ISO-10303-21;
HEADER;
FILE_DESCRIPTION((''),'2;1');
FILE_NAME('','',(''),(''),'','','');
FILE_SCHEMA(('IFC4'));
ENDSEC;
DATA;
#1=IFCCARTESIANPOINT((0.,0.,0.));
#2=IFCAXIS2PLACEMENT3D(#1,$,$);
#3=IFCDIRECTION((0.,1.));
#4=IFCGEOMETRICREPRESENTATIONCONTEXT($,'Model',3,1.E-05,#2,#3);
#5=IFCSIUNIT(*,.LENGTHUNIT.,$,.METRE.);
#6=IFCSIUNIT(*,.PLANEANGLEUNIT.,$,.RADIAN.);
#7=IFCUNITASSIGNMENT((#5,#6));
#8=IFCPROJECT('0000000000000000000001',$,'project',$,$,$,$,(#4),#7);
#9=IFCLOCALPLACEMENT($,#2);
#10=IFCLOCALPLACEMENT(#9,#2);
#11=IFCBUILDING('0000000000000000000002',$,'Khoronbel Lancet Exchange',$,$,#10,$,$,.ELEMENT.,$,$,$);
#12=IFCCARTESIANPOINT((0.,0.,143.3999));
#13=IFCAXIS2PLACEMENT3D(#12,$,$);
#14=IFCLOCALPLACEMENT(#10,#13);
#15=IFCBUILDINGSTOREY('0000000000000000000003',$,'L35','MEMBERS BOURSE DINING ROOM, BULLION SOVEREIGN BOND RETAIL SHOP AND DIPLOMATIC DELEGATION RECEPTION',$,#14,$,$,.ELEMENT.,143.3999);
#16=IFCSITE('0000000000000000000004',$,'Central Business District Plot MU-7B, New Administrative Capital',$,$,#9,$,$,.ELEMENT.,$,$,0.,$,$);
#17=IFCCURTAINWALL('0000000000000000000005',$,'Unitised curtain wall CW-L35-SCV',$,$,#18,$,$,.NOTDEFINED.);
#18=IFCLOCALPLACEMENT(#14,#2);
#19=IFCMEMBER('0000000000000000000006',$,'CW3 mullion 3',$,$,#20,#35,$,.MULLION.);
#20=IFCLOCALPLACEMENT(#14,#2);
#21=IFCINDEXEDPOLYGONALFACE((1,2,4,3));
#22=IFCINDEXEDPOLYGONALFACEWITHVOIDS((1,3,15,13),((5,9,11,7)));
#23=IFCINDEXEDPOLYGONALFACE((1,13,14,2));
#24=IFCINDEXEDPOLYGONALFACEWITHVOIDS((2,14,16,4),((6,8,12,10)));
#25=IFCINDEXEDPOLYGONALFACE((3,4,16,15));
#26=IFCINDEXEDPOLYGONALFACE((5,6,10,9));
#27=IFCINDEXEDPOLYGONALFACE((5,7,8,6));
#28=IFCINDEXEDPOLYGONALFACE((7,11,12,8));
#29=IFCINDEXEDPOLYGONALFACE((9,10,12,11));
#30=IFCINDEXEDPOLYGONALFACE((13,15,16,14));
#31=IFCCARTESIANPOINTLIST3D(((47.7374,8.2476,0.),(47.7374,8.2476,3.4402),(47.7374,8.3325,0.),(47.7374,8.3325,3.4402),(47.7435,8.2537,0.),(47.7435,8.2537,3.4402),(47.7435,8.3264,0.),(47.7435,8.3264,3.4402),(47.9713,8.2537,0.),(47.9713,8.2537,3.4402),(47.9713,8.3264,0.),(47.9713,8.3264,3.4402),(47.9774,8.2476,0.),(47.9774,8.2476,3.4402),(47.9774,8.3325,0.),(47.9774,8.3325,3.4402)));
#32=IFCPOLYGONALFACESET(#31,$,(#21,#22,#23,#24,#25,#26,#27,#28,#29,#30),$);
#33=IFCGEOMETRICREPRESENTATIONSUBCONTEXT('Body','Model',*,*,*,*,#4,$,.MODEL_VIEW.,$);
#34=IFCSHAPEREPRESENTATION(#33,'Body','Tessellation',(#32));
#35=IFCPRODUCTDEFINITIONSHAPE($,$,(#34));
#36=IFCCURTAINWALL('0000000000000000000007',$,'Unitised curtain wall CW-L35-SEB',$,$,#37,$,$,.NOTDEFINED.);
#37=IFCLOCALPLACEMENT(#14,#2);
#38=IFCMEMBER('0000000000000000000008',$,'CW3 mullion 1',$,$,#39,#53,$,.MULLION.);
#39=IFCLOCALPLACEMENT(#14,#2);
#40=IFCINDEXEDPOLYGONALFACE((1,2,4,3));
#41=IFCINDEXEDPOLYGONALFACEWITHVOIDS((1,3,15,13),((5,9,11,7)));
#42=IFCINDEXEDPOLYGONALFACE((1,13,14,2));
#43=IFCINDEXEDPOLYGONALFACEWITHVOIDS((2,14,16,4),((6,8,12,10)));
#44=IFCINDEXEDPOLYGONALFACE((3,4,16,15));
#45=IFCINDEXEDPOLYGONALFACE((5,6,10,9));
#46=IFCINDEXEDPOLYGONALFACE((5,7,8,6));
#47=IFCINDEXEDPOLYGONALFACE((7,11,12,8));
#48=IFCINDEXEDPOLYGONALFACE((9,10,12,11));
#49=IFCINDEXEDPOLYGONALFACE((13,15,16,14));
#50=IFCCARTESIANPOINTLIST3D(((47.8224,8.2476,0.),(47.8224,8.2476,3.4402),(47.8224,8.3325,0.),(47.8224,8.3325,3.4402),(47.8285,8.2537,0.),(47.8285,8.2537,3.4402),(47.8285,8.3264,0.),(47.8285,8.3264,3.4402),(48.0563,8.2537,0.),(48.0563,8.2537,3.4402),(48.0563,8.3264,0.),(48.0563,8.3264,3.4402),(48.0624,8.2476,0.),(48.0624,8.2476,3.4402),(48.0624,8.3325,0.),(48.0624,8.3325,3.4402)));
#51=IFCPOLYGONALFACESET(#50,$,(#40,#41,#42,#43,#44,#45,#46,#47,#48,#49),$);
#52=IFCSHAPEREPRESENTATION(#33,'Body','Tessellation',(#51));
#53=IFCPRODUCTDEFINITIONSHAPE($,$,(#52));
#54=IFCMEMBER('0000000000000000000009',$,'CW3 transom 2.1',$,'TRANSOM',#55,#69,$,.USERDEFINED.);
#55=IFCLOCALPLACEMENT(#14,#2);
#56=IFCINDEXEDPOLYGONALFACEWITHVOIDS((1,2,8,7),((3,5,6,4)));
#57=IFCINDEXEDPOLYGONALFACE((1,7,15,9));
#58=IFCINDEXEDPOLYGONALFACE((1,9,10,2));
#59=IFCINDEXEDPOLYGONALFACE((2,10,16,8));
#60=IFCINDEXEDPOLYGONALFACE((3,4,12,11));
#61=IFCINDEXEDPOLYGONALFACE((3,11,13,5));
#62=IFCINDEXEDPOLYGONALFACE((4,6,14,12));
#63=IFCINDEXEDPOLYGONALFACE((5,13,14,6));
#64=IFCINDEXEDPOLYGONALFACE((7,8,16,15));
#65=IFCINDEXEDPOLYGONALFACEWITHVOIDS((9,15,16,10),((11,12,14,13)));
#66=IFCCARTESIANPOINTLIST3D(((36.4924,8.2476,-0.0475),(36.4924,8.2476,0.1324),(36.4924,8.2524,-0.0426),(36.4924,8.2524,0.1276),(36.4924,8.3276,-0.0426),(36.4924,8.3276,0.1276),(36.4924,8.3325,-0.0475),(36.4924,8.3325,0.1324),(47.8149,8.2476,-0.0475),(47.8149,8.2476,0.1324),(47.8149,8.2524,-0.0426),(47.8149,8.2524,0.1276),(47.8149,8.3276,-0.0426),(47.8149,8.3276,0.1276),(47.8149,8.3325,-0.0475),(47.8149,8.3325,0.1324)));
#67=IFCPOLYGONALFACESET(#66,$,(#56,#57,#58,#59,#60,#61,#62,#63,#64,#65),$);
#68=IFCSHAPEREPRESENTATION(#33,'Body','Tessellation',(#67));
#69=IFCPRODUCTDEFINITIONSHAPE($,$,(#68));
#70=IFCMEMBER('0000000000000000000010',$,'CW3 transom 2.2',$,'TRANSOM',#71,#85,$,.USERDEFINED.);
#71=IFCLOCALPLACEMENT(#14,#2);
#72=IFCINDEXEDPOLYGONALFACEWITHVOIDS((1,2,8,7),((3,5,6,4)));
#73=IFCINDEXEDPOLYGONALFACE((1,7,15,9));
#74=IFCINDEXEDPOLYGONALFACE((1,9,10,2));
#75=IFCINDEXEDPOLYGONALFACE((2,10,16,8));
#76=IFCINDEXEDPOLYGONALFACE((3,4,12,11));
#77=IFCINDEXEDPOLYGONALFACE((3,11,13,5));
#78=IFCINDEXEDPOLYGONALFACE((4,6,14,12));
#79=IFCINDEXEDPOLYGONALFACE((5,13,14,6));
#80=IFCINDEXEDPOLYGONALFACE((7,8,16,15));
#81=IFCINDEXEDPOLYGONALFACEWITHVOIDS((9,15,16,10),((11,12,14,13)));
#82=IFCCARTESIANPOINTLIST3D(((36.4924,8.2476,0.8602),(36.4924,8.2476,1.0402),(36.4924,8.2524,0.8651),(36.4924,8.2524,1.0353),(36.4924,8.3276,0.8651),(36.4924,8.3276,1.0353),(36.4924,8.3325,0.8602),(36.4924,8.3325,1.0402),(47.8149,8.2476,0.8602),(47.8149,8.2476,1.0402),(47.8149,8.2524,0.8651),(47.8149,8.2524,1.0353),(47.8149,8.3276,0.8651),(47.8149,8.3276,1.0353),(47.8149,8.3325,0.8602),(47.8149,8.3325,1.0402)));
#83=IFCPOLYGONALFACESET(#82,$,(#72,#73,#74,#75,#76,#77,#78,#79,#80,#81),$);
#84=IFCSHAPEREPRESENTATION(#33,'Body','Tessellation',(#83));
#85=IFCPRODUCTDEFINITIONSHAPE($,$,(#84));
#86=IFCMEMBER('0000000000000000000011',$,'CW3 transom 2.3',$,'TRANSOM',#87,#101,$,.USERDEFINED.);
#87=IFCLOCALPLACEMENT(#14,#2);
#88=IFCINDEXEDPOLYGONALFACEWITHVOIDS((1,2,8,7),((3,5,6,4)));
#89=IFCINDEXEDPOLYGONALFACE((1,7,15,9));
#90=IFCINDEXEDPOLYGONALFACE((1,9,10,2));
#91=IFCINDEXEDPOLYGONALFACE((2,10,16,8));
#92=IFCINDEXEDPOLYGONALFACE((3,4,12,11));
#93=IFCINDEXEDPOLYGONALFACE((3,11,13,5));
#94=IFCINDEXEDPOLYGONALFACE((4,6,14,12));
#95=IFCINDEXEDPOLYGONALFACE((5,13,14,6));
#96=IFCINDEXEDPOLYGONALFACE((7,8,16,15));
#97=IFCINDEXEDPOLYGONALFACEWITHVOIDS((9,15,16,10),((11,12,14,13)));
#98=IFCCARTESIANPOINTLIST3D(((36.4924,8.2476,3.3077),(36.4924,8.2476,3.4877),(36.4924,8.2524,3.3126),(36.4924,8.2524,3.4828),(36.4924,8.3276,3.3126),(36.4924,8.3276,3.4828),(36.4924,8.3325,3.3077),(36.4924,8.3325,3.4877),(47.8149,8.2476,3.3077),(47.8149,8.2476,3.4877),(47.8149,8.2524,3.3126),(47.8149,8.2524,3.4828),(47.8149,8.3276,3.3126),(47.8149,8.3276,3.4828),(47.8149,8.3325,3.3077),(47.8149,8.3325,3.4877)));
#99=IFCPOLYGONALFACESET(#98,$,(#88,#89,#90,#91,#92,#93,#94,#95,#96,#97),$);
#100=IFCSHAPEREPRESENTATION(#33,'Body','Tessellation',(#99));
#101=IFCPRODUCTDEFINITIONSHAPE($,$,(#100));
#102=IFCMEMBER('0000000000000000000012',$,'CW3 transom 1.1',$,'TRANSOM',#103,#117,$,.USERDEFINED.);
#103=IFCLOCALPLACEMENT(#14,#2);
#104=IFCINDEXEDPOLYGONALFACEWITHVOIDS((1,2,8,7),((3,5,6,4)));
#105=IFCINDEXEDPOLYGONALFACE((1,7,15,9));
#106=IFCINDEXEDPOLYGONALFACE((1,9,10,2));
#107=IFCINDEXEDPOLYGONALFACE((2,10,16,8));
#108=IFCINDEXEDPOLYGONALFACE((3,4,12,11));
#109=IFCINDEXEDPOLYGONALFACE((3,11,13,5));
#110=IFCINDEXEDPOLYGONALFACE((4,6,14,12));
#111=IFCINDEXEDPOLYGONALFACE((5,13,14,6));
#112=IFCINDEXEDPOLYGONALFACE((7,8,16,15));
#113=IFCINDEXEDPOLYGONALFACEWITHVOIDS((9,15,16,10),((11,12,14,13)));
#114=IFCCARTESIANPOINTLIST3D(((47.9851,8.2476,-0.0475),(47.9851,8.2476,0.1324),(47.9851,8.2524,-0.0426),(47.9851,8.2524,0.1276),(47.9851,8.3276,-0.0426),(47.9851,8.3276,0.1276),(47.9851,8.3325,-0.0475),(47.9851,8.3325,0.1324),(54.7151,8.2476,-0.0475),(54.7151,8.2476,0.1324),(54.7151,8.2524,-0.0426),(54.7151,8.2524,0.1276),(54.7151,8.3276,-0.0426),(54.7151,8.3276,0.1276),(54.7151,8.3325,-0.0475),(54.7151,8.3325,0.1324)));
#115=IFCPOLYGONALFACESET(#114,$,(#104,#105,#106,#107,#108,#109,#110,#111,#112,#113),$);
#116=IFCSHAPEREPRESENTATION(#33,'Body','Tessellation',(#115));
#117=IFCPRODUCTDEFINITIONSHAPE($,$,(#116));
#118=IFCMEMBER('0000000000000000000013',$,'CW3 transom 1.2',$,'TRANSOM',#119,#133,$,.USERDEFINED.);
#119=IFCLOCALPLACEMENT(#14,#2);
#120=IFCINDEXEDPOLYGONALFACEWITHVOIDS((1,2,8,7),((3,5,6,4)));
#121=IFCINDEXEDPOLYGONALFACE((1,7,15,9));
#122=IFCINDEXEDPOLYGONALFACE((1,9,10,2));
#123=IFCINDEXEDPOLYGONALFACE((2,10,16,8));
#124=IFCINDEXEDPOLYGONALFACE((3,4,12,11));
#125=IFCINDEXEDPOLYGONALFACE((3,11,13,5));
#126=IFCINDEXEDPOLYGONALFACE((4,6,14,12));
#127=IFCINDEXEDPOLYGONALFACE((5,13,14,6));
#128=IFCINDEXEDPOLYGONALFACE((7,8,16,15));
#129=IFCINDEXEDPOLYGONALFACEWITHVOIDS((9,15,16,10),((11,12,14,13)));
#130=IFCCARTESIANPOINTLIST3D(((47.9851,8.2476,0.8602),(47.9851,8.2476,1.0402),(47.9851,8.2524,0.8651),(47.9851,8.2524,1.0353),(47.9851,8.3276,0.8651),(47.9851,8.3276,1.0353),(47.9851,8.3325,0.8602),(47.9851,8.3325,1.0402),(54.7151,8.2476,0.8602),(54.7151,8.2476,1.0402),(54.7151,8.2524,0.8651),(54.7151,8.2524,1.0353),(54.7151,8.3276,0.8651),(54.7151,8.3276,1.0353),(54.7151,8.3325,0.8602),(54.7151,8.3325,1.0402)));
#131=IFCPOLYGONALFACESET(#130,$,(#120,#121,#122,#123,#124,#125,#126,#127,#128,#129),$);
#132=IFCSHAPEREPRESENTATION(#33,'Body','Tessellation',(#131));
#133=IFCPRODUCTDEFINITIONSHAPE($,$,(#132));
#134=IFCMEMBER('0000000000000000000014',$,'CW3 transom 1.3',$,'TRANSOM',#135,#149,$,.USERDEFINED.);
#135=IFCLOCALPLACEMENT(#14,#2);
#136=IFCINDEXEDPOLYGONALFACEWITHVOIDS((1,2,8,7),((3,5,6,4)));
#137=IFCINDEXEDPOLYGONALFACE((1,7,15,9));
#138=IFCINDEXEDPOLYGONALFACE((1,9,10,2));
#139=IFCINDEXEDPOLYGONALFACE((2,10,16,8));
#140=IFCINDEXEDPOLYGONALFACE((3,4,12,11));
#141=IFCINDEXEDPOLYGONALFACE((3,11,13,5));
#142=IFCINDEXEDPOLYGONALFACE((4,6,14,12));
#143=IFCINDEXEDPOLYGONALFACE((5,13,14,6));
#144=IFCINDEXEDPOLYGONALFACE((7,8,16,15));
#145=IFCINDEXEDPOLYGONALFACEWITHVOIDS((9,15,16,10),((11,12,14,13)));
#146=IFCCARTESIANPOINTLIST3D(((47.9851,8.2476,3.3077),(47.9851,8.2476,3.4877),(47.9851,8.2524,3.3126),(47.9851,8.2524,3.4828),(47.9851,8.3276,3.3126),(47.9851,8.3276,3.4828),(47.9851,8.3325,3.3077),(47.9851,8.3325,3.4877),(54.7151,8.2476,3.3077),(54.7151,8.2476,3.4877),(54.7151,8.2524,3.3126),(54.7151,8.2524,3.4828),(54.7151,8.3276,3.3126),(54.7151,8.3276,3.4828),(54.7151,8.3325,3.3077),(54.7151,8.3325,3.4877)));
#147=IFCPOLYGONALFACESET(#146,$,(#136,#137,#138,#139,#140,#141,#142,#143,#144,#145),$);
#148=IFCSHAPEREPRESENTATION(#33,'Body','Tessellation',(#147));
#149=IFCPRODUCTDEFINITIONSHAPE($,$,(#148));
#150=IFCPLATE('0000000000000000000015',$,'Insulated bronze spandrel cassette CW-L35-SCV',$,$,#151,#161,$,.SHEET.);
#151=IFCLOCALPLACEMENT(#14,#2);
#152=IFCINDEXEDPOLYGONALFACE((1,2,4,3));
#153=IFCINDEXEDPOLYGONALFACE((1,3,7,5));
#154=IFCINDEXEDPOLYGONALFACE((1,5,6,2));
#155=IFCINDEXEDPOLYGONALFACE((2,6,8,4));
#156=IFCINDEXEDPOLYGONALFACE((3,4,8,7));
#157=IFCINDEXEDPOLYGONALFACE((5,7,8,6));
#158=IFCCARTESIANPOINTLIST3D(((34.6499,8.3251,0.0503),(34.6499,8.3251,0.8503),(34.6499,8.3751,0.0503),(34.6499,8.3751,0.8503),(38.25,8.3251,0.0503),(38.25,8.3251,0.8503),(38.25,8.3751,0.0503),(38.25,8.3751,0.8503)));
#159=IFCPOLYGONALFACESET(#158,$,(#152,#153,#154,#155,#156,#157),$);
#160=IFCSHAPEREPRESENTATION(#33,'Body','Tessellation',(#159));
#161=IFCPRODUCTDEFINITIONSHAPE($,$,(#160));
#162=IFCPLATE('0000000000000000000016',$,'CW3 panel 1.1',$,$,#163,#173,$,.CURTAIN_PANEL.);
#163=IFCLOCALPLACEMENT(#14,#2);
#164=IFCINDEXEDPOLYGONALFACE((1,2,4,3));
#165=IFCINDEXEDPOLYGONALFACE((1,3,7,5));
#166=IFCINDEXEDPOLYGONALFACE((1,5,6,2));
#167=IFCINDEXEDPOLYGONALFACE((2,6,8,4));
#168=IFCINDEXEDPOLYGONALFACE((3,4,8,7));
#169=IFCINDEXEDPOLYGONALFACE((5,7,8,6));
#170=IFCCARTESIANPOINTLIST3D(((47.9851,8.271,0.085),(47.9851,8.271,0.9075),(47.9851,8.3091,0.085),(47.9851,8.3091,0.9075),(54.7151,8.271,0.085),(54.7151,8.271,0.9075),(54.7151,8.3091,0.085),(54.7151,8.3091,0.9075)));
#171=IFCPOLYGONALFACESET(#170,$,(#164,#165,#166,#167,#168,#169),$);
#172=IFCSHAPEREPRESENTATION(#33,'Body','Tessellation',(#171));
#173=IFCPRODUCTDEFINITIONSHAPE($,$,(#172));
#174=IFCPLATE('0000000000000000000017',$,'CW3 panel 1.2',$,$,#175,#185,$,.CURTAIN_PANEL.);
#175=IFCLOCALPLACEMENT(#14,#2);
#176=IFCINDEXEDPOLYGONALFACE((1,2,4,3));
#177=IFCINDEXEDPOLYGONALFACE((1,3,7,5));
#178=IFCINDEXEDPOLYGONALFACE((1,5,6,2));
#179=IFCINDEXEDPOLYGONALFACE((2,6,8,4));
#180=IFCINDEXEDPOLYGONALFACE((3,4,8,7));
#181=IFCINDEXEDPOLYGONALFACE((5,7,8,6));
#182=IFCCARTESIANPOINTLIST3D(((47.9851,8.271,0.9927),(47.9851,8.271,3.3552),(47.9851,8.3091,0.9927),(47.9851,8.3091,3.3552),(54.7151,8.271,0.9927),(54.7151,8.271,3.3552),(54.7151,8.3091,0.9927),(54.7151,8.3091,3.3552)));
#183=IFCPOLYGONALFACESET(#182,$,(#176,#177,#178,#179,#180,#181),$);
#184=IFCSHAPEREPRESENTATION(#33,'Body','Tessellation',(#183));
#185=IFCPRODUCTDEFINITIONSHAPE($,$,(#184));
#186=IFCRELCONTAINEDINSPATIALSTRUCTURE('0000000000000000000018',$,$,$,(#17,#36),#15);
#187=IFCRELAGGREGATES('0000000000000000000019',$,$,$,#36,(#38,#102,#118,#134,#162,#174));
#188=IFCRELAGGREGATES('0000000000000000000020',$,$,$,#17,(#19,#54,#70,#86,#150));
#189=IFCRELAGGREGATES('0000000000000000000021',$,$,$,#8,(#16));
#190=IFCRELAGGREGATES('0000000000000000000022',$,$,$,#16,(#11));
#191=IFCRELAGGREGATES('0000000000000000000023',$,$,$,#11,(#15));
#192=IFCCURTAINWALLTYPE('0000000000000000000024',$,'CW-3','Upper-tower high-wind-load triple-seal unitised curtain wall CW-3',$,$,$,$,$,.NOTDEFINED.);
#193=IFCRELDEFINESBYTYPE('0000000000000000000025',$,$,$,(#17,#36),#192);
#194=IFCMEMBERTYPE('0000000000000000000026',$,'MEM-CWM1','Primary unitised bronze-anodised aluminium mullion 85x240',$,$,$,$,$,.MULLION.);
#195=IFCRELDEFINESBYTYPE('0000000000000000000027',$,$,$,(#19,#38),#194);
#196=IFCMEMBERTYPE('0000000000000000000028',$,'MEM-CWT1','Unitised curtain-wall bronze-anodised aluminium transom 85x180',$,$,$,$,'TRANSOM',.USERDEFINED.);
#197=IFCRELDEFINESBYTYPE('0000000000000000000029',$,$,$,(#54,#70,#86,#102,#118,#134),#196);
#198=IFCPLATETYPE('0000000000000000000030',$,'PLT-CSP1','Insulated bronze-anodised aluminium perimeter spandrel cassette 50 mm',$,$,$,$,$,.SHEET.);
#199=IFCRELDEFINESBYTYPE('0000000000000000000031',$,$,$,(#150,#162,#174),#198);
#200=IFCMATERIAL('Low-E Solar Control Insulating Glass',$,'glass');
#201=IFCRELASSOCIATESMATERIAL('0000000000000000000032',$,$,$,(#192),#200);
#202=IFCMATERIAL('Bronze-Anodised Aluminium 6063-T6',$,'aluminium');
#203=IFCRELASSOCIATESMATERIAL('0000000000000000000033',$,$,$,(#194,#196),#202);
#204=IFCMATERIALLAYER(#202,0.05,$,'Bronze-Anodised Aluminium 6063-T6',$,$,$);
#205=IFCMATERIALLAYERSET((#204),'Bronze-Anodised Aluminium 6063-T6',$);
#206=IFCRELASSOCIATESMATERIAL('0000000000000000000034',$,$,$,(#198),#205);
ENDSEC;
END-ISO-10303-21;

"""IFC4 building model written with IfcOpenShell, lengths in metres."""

from ifc_helpers import new_model, si_unit, direction, frame, origin, origin_2d, place, context, subcontext, project, spatial, rectangle, hollow_rectangle, extrude, material, layer, layer_set, material_profile, profile_set, type_object, element, aggregate, save


model = new_model("IFC4")

# Units and contexts
model_context = context("Model", 3, precision=1e-05, world=origin(), true_north=direction((0.0, 1.0)))
body_context = subcontext(model_context, "Body", "Model", "MODEL_VIEW")
ifc_project = project(units=[si_unit("LENGTHUNIT", "METRE"), si_unit("PLANEANGLEUNIT", "RADIAN")], contexts=[model_context])

# Site, building, storey
site_placement = place(None, origin())
site = spatial("IfcSite", under=ifc_project, at=site_placement, Name="Central Business District Plot MU-7B, New Administrative Capital", CompositionType="ELEMENT", RefElevation=0.0)
building_placement = place(site_placement, origin())
building = spatial("IfcBuilding", under=site, at=building_placement, Name="Khoronbel Lancet Exchange", CompositionType="ELEMENT")
storey_placement = place(building_placement, frame((0.0, 0.0, 143.3999)))
storey = spatial("IfcBuildingStorey", under=building, at=storey_placement, Name="L35", Description="MEMBERS BOURSE DINING ROOM, BULLION SOVEREIGN BOND RETAIL SHOP AND DIPLOMATIC DELEGATION RECEPTION", CompositionType="ELEMENT", Elevation=143.3999)

# Curtain wall, member
ifc_material_1 = material(Name="Low-E Solar Control Insulating Glass", Category="glass")
curtain_wall_type = type_object("IfcCurtainWallType", Name="CW-3", Description="Upper-tower high-wind-load triple-seal unitised curtain wall CW-3", PredefinedType="NOTDEFINED", material=ifc_material_1)
curtain_wall_1_placement = place(storey_placement, origin())
curtain_wall_1 = element("IfcCurtainWall", 1, at=curtain_wall_1_placement, inside=storey, type_object=curtain_wall_type, Name="Unitised curtain wall CW-L35-SCV", PredefinedType="NOTDEFINED")
ifc_material_2 = material(Name="Bronze-Anodised Aluminium 6063-T6", Category="aluminium")
ifc_material_profile_1 = material_profile(ifc_material_2, hollow_rectangle(XDim=0.085, YDim=0.24, WallThickness=0.0061, at=origin_2d()), Name="ALU MULLION 85x240")
ifc_profile_set_1 = profile_set([ifc_material_profile_1], Name="Bronze-Anodised Aluminium 6063-T6")
member_type_1 = type_object("IfcMemberType", Name="MEM-CWM1", Description="Primary unitised bronze-anodised aluminium mullion 85x240", PredefinedType="MULLION", material=ifc_profile_set_1)
member_1_placement = place(storey_placement, frame((47.8574, 8.29, 0.0), z_axis=(0.0, 0.0, 1.0), x_axis=(0.0, 1.0, 0.0)))
member_1 = element("IfcMember", 2, at=member_1_placement, type_object=member_type_1, Name="CW3 mullion 3", PredefinedType="MULLION", context=body_context, shape_type="SweptSolid", body=[
    extrude(hollow_rectangle(XDim=0.085, YDim=0.24, WallThickness=0.0061, at=origin_2d()), origin(), (0.0, 0.0, 1.0), 3.4402),
])

# Curtain wall, member
curtain_wall_2_placement = place(storey_placement, origin())
curtain_wall_2 = element("IfcCurtainWall", 3, at=curtain_wall_2_placement, inside=storey, type_object=curtain_wall_type, Name="Unitised curtain wall CW-L35-SEB", PredefinedType="NOTDEFINED")
member_2_placement = place(storey_placement, frame((47.9424, 8.29, 0.0), z_axis=(0.0, 0.0, 1.0), x_axis=(0.0, 1.0, 0.0)))
member_2 = element("IfcMember", 4, at=member_2_placement, type_object=member_type_1, Name="CW3 mullion 1", PredefinedType="MULLION", context=body_context, shape_type="SweptSolid", body=[
    extrude(hollow_rectangle(XDim=0.085, YDim=0.24, WallThickness=0.0061, at=origin_2d()), origin(), (0.0, 0.0, 1.0), 3.4402),
])

# Members
ifc_material_profile_2 = material_profile(ifc_material_2, hollow_rectangle(XDim=0.085, YDim=0.1799, WallThickness=0.0049, at=origin_2d()), Name="ALU TRANSOM 85x180")
ifc_profile_set_2 = profile_set([ifc_material_profile_2], Name="Bronze-Anodised Aluminium 6063-T6")
member_type_2 = type_object("IfcMemberType", Name="MEM-CWT1", Description="Unitised curtain-wall bronze-anodised aluminium transom 85x180", ElementType="TRANSOM", PredefinedType="USERDEFINED", material=ifc_profile_set_2)
member_3_placement = place(storey_placement, frame((36.4924, 8.29, 0.0425), z_axis=(1.0, 0.0, 0.0), x_axis=(0.0, 1.0, 0.0)))
member_3 = element("IfcMember", 5, at=member_3_placement, type_object=member_type_2, Name="CW3 transom 2.1", ObjectType="TRANSOM", PredefinedType="USERDEFINED", context=body_context, shape_type="SweptSolid", body=[
    extrude(hollow_rectangle(XDim=0.085, YDim=0.1799, WallThickness=0.0049, at=origin_2d()), origin(), (0.0, 0.0, 1.0), 11.3225),
])
member_4_placement = place(storey_placement, frame((36.4924, 8.29, 0.9502), z_axis=(1.0, 0.0, 0.0), x_axis=(0.0, 1.0, 0.0)))
member_4 = element("IfcMember", 6, at=member_4_placement, type_object=member_type_2, Name="CW3 transom 2.2", ObjectType="TRANSOM", PredefinedType="USERDEFINED", context=body_context, shape_type="SweptSolid", body=[
    extrude(hollow_rectangle(XDim=0.085, YDim=0.1799, WallThickness=0.0049, at=origin_2d()), origin(), (0.0, 0.0, 1.0), 11.3225),
])
member_5_placement = place(storey_placement, frame((36.4924, 8.29, 3.3977), z_axis=(1.0, 0.0, 0.0), x_axis=(0.0, 1.0, 0.0)))
member_5 = element("IfcMember", 7, at=member_5_placement, type_object=member_type_2, Name="CW3 transom 2.3", ObjectType="TRANSOM", PredefinedType="USERDEFINED", context=body_context, shape_type="SweptSolid", body=[
    extrude(hollow_rectangle(XDim=0.085, YDim=0.1799, WallThickness=0.0049, at=origin_2d()), origin(), (0.0, 0.0, 1.0), 11.3225),
])
member_6_placement = place(storey_placement, frame((47.9851, 8.29, 0.0425), z_axis=(1.0, 0.0, 0.0), x_axis=(0.0, 1.0, 0.0)))
member_6 = element("IfcMember", 8, at=member_6_placement, type_object=member_type_2, Name="CW3 transom 1.1", ObjectType="TRANSOM", PredefinedType="USERDEFINED", context=body_context, shape_type="SweptSolid", body=[
    extrude(hollow_rectangle(XDim=0.085, YDim=0.1799, WallThickness=0.0049, at=origin_2d()), origin(), (0.0, 0.0, 1.0), 6.73),
])
member_7_placement = place(storey_placement, frame((47.9851, 8.29, 0.9502), z_axis=(1.0, 0.0, 0.0), x_axis=(0.0, 1.0, 0.0)))
member_7 = element("IfcMember", 9, at=member_7_placement, type_object=member_type_2, Name="CW3 transom 1.2", ObjectType="TRANSOM", PredefinedType="USERDEFINED", context=body_context, shape_type="SweptSolid", body=[
    extrude(hollow_rectangle(XDim=0.085, YDim=0.1799, WallThickness=0.0049, at=origin_2d()), origin(), (0.0, 0.0, 1.0), 6.73),
])
member_8_placement = place(storey_placement, frame((47.9851, 8.29, 3.3977), z_axis=(1.0, 0.0, 0.0), x_axis=(0.0, 1.0, 0.0)))
member_8 = element("IfcMember", 10, at=member_8_placement, type_object=member_type_2, Name="CW3 transom 1.3", ObjectType="TRANSOM", PredefinedType="USERDEFINED", context=body_context, shape_type="SweptSolid", body=[
    extrude(hollow_rectangle(XDim=0.085, YDim=0.1799, WallThickness=0.0049, at=origin_2d()), origin(), (0.0, 0.0, 1.0), 6.73),
])

# Plates
ifc_layer_1 = layer(ifc_material_2, 0.05, Name="Bronze-Anodised Aluminium 6063-T6")
ifc_layer_set_1 = layer_set([ifc_layer_1], Name="Bronze-Anodised Aluminium 6063-T6")
plate_type_1 = type_object("IfcPlateType", Name="PLT-CSP1", Description="Insulated bronze-anodised aluminium perimeter spandrel cassette 50 mm", PredefinedType="SHEET", material=ifc_layer_set_1)
plate_1_placement = place(storey_placement, frame((36.45, 8.3501, 0.0503), z_axis=(0.0, 0.0, 1.0), x_axis=(1.0, 0.0, 0.0)))
plate_1 = element("IfcPlate", 11, at=plate_1_placement, type_object=plate_type_1, Name="Insulated bronze spandrel cassette CW-L35-SCV", PredefinedType="SHEET", context=body_context, shape_type="SweptSolid", body=[
    extrude(rectangle(XDim=3.6001, YDim=0.05, at=origin_2d()), origin(), (0.0, 0.0, 1.0), 0.8),
])
plate_2_placement = place(storey_placement, frame((51.3501, 8.29, 0.085), z_axis=(0.0, 0.0, 1.0), x_axis=(1.0, 0.0, 0.0)))
plate_2 = element("IfcPlate", 12, at=plate_2_placement, type_object=plate_type_1, Name="CW3 panel 1.1", PredefinedType="CURTAIN_PANEL", context=body_context, shape_type="SweptSolid", body=[
    extrude(rectangle(XDim=6.73, YDim=0.0381, at=origin_2d()), origin(), (0.0, 0.0, 1.0), 0.8225),
])
plate_3_placement = place(storey_placement, frame((51.3501, 8.29, 0.9927), z_axis=(0.0, 0.0, 1.0), x_axis=(1.0, 0.0, 0.0)))
plate_3 = element("IfcPlate", 13, at=plate_3_placement, type_object=plate_type_1, Name="CW3 panel 1.2", PredefinedType="CURTAIN_PANEL", context=body_context, shape_type="SweptSolid", body=[
    extrude(rectangle(XDim=6.73, YDim=0.0381, at=origin_2d()), origin(), (0.0, 0.0, 1.0), 2.3625),
])
aggregate(curtain_wall_2, [member_2, member_6, member_7, member_8, plate_2, plate_3])
aggregate(curtain_wall_1, [member_1, member_3, member_4, member_5, plate_1])

save(model, "model.ifc")
